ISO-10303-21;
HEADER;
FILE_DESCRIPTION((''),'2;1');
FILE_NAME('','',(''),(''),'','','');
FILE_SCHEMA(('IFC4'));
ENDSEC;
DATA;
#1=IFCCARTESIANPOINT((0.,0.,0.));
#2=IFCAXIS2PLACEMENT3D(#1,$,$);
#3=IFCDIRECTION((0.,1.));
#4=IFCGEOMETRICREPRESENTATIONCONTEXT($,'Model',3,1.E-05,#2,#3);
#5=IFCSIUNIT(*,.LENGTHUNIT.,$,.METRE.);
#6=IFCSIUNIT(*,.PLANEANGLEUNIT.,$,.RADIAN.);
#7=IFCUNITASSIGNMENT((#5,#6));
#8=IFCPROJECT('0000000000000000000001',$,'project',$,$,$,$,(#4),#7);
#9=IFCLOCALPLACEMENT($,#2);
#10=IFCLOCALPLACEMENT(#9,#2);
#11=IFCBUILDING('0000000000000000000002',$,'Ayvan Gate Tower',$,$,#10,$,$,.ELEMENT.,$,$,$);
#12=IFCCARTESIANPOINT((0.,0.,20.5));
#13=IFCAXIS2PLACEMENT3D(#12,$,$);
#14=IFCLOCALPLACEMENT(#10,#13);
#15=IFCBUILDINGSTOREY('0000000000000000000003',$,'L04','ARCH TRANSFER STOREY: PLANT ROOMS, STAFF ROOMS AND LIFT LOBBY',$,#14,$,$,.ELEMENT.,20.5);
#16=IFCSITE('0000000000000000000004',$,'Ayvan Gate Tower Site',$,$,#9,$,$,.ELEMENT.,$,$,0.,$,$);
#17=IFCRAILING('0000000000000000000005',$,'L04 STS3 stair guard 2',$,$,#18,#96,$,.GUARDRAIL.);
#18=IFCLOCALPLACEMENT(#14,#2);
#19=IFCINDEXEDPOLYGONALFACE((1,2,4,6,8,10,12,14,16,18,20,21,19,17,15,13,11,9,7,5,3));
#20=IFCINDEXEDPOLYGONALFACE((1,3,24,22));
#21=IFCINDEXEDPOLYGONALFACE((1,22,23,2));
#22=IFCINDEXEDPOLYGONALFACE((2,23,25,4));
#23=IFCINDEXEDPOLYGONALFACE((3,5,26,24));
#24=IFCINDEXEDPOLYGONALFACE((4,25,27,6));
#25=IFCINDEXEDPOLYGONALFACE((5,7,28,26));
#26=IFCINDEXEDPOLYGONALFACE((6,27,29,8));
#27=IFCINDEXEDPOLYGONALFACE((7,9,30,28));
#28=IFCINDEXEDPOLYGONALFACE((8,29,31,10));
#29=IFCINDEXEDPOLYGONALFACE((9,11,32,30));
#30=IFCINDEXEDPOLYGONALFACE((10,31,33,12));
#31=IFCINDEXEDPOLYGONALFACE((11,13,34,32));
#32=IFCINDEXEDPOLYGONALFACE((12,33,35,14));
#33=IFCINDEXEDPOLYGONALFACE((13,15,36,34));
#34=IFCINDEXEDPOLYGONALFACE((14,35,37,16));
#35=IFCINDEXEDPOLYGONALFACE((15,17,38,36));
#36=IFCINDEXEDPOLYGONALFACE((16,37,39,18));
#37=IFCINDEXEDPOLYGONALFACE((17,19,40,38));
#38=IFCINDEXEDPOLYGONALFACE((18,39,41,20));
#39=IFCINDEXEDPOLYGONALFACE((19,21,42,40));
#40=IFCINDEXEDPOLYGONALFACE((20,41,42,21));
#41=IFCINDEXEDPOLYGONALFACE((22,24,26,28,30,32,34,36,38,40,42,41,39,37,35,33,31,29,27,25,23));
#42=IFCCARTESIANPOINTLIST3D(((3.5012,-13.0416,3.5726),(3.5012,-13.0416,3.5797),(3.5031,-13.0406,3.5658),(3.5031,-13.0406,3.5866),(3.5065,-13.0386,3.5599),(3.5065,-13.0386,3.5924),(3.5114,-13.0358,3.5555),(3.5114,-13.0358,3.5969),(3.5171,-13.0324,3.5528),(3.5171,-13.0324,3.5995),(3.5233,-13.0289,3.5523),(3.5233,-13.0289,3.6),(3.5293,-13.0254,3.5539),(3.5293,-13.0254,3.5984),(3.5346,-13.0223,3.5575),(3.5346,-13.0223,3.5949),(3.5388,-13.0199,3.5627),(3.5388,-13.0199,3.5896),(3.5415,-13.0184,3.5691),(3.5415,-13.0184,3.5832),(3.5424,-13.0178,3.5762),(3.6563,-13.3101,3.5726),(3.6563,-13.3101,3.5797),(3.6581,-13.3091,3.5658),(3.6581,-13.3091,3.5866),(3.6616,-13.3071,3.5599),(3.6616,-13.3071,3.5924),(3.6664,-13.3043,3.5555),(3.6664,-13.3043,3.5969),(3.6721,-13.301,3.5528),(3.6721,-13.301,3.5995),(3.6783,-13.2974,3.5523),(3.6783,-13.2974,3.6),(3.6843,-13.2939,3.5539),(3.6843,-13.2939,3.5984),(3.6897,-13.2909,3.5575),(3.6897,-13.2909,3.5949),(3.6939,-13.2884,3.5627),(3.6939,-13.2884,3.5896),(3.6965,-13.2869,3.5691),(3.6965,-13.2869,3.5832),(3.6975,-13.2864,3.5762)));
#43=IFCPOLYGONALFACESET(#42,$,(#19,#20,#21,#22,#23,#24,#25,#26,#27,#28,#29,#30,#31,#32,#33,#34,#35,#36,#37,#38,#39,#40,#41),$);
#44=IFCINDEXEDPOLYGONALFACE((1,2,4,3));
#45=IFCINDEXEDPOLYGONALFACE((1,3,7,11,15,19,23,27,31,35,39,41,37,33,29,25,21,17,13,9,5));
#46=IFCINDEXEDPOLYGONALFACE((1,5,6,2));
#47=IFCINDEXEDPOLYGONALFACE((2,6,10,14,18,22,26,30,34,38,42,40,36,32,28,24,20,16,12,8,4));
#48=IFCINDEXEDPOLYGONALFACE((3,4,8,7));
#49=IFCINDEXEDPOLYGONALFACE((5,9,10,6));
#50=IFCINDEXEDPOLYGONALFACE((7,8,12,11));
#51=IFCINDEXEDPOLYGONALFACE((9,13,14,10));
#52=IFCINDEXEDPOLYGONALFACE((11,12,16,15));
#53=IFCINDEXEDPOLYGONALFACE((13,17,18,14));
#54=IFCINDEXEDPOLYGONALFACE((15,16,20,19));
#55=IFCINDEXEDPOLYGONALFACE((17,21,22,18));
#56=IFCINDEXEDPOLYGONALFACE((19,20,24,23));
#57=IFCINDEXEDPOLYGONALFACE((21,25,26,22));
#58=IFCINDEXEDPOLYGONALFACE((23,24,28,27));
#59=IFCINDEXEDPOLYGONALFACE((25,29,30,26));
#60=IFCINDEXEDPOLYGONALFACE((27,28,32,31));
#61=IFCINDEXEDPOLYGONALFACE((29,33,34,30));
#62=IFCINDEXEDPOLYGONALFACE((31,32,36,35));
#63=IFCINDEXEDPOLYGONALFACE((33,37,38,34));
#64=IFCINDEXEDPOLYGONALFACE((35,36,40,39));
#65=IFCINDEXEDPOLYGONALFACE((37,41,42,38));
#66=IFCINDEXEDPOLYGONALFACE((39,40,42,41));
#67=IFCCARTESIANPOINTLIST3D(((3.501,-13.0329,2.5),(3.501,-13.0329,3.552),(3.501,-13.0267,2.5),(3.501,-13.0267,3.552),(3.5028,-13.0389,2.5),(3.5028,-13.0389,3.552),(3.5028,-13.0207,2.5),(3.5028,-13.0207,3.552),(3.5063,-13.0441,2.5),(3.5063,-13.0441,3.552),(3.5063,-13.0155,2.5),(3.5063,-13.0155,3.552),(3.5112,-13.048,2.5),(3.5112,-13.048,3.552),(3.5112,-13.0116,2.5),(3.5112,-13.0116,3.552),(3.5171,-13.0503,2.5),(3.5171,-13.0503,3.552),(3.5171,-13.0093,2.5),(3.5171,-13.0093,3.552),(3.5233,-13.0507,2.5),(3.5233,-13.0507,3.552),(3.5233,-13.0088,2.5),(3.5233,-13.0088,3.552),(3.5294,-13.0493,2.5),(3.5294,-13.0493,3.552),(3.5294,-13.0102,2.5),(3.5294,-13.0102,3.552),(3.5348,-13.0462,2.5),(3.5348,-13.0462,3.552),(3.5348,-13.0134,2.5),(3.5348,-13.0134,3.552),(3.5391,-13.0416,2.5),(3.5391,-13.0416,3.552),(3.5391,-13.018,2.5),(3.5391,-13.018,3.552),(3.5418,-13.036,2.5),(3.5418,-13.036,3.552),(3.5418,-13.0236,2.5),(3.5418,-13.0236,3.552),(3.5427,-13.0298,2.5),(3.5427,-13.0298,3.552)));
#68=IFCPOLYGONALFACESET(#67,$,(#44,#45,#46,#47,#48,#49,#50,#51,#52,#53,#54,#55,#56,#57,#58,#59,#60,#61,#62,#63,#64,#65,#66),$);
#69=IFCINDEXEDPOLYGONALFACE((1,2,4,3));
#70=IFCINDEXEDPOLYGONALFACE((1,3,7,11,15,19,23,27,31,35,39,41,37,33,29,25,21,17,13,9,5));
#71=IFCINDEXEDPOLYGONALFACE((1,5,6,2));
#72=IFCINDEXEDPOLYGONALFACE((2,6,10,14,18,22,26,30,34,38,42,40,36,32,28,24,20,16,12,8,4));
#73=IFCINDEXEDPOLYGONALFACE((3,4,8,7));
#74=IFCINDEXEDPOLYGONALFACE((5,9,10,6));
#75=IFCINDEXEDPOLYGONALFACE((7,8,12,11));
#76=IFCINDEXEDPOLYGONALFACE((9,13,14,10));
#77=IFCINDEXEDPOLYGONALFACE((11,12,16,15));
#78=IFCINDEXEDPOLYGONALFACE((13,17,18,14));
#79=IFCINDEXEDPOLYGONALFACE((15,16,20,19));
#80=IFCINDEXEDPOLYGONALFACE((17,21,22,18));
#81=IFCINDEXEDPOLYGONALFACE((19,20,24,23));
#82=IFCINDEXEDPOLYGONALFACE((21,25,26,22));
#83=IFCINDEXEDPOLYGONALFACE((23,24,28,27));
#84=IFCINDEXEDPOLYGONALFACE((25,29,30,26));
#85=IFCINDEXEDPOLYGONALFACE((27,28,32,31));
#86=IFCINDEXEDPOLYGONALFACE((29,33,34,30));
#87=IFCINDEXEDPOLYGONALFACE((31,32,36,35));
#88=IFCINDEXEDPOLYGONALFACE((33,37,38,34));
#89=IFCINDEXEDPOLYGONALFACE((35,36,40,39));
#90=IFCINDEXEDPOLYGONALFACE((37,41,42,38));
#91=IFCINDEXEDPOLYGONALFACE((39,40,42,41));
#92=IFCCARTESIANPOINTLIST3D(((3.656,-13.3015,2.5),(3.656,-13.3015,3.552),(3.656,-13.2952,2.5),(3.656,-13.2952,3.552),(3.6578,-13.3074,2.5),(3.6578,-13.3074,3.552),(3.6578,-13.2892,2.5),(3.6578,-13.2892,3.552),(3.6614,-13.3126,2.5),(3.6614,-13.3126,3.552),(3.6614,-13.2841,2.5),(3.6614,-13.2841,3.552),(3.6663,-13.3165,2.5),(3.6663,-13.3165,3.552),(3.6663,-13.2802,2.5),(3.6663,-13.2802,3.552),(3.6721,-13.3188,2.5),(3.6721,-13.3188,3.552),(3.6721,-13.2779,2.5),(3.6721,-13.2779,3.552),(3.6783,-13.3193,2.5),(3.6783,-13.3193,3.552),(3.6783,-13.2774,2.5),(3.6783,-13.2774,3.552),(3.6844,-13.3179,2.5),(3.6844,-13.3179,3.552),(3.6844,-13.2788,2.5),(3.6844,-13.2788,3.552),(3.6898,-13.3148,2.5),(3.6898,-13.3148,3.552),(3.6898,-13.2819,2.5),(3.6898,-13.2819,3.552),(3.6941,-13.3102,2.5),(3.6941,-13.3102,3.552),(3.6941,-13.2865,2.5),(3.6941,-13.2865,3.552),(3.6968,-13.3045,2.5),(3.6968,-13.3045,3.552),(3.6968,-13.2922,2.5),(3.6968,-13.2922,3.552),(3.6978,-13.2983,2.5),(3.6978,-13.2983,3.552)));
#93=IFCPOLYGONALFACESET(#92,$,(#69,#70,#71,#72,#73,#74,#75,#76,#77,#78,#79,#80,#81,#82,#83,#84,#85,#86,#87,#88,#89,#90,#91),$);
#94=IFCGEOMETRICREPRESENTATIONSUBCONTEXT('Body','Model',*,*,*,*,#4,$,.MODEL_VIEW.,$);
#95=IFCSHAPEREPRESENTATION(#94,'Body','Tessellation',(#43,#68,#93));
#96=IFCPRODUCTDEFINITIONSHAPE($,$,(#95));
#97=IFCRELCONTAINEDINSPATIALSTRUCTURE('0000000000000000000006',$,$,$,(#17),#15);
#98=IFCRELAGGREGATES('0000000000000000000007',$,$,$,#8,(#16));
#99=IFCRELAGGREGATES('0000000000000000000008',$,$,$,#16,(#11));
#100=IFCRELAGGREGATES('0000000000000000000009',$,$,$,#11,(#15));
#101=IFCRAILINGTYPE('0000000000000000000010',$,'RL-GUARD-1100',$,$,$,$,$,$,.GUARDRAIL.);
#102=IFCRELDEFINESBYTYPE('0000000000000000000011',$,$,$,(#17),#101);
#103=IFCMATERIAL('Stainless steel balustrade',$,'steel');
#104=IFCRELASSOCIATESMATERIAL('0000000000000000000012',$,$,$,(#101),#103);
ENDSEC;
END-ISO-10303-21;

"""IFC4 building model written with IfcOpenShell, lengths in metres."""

from ifc_helpers import new_model, si_unit, direction, frame, origin, origin_2d, place, context, subcontext, project, spatial, circle, extrude, material, type_object, element, save


model = new_model("IFC4")

# Units and contexts
model_context = context("Model", 3, precision=1e-05, world=origin(), true_north=direction((0.0, 1.0)))
body_context = subcontext(model_context, "Body", "Model", "MODEL_VIEW")
ifc_project = project(units=[si_unit("LENGTHUNIT", "METRE"), si_unit("PLANEANGLEUNIT", "RADIAN")], contexts=[model_context])

# Site, building, storey
site_placement = place(None, origin())
site = spatial("IfcSite", under=ifc_project, at=site_placement, Name="Ayvan Gate Tower Site", CompositionType="ELEMENT", RefElevation=0.0)
building_placement = place(site_placement, origin())
building = spatial("IfcBuilding", under=site, at=building_placement, Name="Ayvan Gate Tower", CompositionType="ELEMENT")
storey_placement = place(building_placement, frame((0.0, 0.0, 20.5)))
storey = spatial("IfcBuildingStorey", under=building, at=storey_placement, Name="L04", Description="ARCH TRANSFER STOREY: PLANT ROOMS, STAFF ROOMS AND LIFT LOBBY", CompositionType="ELEMENT", Elevation=20.5)

# Railing
ifc_material_1 = material(Name="Stainless steel balustrade", Category="steel")
railing_type_1 = type_object("IfcRailingType", Name="RL-GUARD-1100", PredefinedType="GUARDRAIL", material=ifc_material_1)
railing_1_placement = place(storey_placement, frame((3.5217, -13.0298, 2.5)))
element("IfcRailing", 1, at=railing_1_placement, inside=storey, type_object=railing_type_1, Name="L04 STS3 stair guard 2", PredefinedType="GUARDRAIL", context=body_context, shape_type="SweptSolid", body=[
    extrude(circle(Radius=0.0239, at=origin_2d()), frame((0.0, 0.0, 1.0762), z_axis=(0.49995, -0.866054, 0.0), x_axis=(0.866054, 0.49995, 0.0)), (0.0, 0.0, 1.0), 0.3101),
    extrude(circle(Radius=0.021, at=origin_2d()), origin(), (0.0, 0.0, 1.0), 1.052),
    extrude(circle(Radius=0.021, at=origin_2d()), frame((0.155, -0.2686, 0.0)), (0.0, 0.0, 1.0), 1.052),
])

save(model, "model.ifc")
